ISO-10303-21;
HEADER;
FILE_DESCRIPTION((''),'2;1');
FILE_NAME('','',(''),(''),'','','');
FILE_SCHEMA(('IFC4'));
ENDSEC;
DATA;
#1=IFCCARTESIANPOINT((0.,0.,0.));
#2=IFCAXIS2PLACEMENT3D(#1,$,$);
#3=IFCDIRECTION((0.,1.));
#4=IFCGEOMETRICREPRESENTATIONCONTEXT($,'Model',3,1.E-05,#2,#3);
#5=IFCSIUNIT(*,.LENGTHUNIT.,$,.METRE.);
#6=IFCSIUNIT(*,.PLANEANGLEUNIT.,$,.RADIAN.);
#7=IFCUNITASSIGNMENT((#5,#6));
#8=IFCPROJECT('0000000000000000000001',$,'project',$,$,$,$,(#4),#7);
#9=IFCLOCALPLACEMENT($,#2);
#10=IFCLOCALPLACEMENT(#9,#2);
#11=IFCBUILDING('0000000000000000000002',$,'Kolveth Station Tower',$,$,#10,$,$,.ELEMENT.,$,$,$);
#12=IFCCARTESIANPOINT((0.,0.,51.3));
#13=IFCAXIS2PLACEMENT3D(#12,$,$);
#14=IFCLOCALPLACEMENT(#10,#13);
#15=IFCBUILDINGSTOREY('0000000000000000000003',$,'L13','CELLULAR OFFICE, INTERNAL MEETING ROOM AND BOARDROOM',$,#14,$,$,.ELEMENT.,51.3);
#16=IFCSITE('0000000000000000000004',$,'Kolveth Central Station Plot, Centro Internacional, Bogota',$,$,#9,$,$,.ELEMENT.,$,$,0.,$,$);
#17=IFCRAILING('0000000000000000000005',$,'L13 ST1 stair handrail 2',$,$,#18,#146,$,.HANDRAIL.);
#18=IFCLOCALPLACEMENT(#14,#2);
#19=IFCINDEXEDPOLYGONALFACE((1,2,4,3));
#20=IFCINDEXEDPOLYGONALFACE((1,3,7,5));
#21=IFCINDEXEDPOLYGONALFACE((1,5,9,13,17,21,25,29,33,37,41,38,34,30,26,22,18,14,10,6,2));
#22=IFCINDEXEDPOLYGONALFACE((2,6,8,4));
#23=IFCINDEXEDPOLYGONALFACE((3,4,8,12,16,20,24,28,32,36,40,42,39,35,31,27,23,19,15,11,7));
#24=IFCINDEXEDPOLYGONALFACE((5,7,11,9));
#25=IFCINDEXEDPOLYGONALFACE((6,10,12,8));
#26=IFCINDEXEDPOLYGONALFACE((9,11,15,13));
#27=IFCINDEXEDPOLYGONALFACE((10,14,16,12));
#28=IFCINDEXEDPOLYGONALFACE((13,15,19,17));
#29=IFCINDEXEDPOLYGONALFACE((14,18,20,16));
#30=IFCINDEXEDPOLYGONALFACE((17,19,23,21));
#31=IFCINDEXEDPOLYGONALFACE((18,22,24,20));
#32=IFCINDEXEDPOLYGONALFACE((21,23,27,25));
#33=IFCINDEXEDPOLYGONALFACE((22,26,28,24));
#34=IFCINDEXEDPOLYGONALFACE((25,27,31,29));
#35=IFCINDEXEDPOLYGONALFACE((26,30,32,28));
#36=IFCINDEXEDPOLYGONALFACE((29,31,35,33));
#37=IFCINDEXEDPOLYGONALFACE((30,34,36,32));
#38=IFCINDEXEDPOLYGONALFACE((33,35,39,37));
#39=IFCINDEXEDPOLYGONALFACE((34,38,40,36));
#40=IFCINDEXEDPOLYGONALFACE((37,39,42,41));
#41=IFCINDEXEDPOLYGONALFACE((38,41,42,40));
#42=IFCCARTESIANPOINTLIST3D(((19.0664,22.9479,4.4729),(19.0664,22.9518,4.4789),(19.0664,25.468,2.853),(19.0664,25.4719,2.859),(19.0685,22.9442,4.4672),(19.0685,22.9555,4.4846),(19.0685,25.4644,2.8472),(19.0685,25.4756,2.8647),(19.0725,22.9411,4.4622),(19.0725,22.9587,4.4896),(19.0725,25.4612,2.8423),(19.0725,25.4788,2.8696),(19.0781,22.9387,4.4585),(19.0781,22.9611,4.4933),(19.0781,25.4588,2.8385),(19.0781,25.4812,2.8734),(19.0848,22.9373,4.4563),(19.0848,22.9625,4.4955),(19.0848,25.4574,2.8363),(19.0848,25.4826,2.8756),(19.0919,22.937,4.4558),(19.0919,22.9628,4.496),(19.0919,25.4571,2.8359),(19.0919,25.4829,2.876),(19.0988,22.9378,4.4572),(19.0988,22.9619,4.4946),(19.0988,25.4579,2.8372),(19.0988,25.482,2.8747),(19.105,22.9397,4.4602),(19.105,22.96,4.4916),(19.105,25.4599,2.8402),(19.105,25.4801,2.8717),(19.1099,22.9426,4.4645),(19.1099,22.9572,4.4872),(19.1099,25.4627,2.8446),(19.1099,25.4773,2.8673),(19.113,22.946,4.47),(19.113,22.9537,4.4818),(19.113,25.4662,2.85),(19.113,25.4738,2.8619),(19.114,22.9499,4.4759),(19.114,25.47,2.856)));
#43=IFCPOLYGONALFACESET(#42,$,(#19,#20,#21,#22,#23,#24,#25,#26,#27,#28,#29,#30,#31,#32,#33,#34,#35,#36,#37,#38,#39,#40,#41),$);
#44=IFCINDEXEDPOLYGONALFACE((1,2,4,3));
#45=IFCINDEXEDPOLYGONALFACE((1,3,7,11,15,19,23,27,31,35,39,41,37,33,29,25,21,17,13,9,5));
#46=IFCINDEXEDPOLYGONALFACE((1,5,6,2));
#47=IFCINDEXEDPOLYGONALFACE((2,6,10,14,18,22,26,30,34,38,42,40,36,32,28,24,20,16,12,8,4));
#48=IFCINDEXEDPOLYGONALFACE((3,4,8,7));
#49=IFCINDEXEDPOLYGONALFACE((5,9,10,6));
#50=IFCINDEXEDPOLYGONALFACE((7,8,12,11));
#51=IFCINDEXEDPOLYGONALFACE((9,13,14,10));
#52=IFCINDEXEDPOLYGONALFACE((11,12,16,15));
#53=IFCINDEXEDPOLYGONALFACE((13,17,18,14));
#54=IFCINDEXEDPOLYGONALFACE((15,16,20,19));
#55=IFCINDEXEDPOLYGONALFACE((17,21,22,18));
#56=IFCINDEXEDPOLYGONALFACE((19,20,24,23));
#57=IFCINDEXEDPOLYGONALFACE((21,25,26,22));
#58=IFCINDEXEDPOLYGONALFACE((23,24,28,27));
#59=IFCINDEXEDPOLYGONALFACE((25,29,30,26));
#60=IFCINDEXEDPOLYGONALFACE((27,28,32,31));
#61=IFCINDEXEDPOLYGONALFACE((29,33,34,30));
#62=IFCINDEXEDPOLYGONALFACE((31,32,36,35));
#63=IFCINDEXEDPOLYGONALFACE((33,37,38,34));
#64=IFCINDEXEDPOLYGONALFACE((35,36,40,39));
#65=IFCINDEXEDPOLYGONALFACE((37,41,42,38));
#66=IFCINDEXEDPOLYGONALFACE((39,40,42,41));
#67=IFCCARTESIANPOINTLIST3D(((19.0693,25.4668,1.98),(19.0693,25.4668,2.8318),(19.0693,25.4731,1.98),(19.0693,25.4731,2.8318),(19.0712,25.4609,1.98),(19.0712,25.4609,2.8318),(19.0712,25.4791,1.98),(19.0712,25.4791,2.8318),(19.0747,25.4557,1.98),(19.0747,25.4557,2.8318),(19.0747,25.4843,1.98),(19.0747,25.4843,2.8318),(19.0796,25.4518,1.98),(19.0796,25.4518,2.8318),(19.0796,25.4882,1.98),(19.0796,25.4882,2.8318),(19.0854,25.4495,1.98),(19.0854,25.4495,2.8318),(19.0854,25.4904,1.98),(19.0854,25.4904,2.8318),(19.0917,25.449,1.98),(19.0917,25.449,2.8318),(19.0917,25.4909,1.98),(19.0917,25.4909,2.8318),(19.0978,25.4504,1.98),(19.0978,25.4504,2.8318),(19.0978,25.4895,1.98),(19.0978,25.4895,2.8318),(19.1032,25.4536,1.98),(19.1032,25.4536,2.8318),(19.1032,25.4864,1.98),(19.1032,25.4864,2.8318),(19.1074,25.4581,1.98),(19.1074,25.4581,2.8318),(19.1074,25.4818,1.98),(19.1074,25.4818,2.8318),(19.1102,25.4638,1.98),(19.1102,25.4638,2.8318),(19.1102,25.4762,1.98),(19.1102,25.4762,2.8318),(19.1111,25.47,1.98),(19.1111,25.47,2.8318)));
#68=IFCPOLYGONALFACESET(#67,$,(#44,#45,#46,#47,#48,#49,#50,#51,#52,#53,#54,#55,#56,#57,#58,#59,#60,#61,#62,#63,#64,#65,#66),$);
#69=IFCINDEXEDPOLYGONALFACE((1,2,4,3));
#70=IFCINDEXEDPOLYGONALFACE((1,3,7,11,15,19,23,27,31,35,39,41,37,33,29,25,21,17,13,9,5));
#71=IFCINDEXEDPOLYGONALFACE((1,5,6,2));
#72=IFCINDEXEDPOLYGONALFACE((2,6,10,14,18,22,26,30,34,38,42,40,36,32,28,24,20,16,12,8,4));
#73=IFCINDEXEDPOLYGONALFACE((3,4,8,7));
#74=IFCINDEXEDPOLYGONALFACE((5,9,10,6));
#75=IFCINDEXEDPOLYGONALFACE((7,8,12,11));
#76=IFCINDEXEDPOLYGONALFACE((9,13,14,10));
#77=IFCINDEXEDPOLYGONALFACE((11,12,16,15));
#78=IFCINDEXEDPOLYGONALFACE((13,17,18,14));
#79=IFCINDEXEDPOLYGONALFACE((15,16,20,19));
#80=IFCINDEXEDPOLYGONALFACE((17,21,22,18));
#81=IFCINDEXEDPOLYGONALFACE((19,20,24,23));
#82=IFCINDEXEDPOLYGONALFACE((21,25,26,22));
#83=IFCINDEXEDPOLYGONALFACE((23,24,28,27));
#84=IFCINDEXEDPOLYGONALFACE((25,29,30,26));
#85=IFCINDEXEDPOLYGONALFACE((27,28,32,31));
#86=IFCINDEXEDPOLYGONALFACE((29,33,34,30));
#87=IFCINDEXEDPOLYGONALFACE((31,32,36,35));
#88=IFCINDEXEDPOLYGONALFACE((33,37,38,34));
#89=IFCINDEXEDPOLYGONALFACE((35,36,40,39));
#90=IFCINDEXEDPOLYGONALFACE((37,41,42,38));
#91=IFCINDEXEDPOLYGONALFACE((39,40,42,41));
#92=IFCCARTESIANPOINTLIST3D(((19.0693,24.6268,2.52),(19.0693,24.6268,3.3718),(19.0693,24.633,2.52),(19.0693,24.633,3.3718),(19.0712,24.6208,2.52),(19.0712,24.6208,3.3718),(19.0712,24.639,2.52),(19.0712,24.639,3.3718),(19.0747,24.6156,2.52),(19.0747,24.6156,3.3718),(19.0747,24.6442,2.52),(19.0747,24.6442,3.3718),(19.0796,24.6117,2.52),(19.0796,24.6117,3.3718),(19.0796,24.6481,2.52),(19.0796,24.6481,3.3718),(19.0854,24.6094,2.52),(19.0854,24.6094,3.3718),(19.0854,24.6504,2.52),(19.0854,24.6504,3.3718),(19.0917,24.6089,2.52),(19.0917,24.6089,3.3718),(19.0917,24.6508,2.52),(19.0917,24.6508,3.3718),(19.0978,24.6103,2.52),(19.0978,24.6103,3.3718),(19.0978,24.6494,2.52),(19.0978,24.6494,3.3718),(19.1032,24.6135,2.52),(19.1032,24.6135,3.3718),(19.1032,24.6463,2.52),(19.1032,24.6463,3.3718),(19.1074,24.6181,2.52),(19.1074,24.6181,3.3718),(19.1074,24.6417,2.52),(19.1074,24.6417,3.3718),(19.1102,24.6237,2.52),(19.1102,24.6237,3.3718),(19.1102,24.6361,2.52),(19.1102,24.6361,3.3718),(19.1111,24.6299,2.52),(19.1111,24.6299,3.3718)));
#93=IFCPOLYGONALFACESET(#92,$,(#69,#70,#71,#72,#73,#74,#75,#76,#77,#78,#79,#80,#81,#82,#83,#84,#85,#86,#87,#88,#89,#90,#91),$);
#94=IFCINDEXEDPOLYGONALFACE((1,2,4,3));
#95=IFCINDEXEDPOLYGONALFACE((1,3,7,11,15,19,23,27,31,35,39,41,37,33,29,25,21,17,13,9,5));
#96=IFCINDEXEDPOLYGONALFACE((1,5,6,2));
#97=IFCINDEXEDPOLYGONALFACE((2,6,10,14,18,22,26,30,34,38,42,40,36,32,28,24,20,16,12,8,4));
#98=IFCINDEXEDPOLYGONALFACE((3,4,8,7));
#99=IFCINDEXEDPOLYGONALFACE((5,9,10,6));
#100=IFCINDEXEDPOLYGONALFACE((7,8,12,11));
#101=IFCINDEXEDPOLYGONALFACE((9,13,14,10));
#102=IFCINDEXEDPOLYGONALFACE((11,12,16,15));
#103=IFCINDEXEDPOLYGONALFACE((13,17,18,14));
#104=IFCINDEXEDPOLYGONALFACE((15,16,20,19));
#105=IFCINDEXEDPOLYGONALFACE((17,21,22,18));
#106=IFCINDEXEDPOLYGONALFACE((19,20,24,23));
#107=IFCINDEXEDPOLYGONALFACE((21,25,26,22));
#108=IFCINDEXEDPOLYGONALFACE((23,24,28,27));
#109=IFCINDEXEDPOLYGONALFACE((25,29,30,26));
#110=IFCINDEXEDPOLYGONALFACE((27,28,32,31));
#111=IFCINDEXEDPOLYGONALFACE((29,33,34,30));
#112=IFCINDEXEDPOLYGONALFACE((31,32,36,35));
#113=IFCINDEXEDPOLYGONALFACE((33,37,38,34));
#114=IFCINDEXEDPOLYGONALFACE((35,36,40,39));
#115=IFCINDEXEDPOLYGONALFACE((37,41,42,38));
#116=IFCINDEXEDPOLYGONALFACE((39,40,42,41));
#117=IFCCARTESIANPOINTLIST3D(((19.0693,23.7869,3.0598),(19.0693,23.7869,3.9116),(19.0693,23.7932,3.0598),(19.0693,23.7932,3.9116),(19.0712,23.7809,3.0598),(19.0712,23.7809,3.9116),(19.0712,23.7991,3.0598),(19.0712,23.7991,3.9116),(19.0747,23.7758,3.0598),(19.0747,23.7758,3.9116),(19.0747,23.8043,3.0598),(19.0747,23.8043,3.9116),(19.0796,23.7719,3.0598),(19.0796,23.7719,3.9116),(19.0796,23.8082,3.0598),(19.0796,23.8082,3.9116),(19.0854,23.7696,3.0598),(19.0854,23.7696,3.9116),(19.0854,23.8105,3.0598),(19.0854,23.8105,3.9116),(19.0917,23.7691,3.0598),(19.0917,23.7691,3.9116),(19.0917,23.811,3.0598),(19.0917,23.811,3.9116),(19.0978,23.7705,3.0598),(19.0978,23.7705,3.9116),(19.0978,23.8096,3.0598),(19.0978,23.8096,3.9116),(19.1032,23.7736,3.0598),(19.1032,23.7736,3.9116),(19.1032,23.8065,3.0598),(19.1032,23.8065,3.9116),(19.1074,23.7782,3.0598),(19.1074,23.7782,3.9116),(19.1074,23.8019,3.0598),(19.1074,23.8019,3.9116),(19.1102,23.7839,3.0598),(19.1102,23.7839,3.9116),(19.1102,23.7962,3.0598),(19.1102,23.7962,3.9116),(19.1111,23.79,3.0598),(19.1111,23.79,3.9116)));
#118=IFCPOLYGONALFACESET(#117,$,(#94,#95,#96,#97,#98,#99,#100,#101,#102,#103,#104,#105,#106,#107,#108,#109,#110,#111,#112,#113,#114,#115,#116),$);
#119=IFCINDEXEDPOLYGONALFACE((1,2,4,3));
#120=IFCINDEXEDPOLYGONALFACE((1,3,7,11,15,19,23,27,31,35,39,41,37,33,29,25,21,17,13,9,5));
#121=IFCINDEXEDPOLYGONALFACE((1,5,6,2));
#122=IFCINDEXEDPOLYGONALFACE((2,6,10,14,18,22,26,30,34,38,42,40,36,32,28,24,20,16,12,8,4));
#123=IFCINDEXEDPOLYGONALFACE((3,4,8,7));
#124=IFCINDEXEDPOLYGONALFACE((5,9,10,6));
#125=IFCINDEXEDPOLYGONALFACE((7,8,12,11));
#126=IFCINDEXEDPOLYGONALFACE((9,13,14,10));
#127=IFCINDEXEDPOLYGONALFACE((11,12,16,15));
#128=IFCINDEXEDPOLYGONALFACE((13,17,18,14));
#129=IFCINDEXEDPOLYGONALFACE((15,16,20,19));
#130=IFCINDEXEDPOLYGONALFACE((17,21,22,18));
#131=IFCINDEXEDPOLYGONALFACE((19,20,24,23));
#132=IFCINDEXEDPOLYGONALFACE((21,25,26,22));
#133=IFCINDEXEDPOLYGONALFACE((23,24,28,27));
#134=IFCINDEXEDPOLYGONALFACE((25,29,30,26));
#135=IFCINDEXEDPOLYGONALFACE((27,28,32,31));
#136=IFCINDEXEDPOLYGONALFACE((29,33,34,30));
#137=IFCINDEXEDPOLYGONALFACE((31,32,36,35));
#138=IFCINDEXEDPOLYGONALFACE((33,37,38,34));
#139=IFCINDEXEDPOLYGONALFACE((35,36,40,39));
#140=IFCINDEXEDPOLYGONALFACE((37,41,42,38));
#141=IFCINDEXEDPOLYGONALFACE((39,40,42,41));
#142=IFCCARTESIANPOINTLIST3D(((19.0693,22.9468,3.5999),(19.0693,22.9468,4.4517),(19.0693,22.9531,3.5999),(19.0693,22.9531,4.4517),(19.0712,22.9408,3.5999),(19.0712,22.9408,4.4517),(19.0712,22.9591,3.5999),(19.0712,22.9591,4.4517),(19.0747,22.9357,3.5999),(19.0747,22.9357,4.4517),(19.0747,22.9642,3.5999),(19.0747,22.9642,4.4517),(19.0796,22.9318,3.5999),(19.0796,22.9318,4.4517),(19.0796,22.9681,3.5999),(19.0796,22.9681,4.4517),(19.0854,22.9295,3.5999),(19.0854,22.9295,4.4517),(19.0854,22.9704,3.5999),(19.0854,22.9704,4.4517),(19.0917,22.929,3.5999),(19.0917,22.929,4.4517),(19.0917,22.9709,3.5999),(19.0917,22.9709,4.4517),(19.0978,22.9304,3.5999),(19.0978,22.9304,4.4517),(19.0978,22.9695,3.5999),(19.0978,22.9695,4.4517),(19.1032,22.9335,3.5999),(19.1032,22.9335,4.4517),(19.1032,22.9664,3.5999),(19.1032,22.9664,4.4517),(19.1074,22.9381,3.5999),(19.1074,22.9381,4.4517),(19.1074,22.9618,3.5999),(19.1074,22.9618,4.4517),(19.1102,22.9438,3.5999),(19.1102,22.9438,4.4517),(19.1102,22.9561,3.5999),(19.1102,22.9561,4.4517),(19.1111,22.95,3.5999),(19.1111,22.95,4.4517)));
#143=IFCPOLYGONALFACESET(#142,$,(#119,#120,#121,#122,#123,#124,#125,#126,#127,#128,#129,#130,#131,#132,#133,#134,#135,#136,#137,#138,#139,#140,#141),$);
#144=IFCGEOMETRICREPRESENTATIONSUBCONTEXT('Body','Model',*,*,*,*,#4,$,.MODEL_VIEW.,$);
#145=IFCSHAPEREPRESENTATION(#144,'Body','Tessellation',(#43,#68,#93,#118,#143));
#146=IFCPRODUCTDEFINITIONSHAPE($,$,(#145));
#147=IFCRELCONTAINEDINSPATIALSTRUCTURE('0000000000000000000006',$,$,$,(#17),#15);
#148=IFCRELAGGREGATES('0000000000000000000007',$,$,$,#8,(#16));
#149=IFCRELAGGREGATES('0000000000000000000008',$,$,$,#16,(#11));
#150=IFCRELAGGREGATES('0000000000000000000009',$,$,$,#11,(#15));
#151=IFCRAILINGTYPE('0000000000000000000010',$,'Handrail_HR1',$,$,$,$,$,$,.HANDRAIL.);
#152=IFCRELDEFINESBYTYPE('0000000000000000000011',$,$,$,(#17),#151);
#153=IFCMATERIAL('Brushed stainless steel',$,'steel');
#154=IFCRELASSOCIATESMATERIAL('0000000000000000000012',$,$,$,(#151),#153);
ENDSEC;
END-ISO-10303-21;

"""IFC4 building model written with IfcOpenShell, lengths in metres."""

from ifc_helpers import new_model, si_unit, direction, frame, origin, origin_2d, place, context, subcontext, project, spatial, circle, extrude, material, type_object, element, save


model = new_model("IFC4")

# Units and contexts
model_context = context("Model", 3, precision=1e-05, world=origin(), true_north=direction((0.0, 1.0)))
body_context = subcontext(model_context, "Body", "Model", "MODEL_VIEW")
ifc_project = project(units=[si_unit("LENGTHUNIT", "METRE"), si_unit("PLANEANGLEUNIT", "RADIAN")], contexts=[model_context])

# Site, building, storey
site_placement = place(None, origin())
site = spatial("IfcSite", under=ifc_project, at=site_placement, Name="Kolveth Central Station Plot, Centro Internacional, Bogota", CompositionType="ELEMENT", RefElevation=0.0)
building_placement = place(site_placement, origin())
building = spatial("IfcBuilding", under=site, at=building_placement, Name="Kolveth Station Tower", CompositionType="ELEMENT")
storey_placement = place(building_placement, frame((0.0, 0.0, 51.3)))
storey = spatial("IfcBuildingStorey", under=building, at=storey_placement, Name="L13", Description="CELLULAR OFFICE, INTERNAL MEETING ROOM AND BOARDROOM", CompositionType="ELEMENT", Elevation=51.3)

# Railing
ifc_material_1 = material(Name="Brushed stainless steel", Category="steel")
railing_type_1 = type_object("IfcRailingType", Name="Handrail_HR1", PredefinedType="HANDRAIL", material=ifc_material_1)
railing_1_placement = place(storey_placement, frame((19.0901, 25.47, 1.98)))
element("IfcRailing", 1, at=railing_1_placement, inside=storey, type_object=railing_type_1, Name="L13 ST1 stair handrail 2", PredefinedType="HANDRAIL", context=body_context, shape_type="SweptSolid", body=[
    extrude(circle(Radius=0.0239, at=origin_2d()), frame((0.0, 0.0, 0.876), z_axis=(0.0, -0.8412, 0.540725), x_axis=(1.0, 0.0, 0.0)), (0.0, 0.0, 1.0), 2.9958),
    extrude(circle(Radius=0.021, at=origin_2d()), origin(), (0.0, 0.0, 1.0), 0.8518),
    extrude(circle(Radius=0.021, at=origin_2d()), frame((0.0, -0.8401, 0.54)), (0.0, 0.0, 1.0), 0.8518),
    extrude(circle(Radius=0.021, at=origin_2d()), frame((0.0, -1.6799, 1.0798)), (0.0, 0.0, 1.0), 0.8518),
    extrude(circle(Radius=0.021, at=origin_2d()), frame((0.0, -2.52, 1.6199)), (0.0, 0.0, 1.0), 0.8518),
])

save(model, "model.ifc")
